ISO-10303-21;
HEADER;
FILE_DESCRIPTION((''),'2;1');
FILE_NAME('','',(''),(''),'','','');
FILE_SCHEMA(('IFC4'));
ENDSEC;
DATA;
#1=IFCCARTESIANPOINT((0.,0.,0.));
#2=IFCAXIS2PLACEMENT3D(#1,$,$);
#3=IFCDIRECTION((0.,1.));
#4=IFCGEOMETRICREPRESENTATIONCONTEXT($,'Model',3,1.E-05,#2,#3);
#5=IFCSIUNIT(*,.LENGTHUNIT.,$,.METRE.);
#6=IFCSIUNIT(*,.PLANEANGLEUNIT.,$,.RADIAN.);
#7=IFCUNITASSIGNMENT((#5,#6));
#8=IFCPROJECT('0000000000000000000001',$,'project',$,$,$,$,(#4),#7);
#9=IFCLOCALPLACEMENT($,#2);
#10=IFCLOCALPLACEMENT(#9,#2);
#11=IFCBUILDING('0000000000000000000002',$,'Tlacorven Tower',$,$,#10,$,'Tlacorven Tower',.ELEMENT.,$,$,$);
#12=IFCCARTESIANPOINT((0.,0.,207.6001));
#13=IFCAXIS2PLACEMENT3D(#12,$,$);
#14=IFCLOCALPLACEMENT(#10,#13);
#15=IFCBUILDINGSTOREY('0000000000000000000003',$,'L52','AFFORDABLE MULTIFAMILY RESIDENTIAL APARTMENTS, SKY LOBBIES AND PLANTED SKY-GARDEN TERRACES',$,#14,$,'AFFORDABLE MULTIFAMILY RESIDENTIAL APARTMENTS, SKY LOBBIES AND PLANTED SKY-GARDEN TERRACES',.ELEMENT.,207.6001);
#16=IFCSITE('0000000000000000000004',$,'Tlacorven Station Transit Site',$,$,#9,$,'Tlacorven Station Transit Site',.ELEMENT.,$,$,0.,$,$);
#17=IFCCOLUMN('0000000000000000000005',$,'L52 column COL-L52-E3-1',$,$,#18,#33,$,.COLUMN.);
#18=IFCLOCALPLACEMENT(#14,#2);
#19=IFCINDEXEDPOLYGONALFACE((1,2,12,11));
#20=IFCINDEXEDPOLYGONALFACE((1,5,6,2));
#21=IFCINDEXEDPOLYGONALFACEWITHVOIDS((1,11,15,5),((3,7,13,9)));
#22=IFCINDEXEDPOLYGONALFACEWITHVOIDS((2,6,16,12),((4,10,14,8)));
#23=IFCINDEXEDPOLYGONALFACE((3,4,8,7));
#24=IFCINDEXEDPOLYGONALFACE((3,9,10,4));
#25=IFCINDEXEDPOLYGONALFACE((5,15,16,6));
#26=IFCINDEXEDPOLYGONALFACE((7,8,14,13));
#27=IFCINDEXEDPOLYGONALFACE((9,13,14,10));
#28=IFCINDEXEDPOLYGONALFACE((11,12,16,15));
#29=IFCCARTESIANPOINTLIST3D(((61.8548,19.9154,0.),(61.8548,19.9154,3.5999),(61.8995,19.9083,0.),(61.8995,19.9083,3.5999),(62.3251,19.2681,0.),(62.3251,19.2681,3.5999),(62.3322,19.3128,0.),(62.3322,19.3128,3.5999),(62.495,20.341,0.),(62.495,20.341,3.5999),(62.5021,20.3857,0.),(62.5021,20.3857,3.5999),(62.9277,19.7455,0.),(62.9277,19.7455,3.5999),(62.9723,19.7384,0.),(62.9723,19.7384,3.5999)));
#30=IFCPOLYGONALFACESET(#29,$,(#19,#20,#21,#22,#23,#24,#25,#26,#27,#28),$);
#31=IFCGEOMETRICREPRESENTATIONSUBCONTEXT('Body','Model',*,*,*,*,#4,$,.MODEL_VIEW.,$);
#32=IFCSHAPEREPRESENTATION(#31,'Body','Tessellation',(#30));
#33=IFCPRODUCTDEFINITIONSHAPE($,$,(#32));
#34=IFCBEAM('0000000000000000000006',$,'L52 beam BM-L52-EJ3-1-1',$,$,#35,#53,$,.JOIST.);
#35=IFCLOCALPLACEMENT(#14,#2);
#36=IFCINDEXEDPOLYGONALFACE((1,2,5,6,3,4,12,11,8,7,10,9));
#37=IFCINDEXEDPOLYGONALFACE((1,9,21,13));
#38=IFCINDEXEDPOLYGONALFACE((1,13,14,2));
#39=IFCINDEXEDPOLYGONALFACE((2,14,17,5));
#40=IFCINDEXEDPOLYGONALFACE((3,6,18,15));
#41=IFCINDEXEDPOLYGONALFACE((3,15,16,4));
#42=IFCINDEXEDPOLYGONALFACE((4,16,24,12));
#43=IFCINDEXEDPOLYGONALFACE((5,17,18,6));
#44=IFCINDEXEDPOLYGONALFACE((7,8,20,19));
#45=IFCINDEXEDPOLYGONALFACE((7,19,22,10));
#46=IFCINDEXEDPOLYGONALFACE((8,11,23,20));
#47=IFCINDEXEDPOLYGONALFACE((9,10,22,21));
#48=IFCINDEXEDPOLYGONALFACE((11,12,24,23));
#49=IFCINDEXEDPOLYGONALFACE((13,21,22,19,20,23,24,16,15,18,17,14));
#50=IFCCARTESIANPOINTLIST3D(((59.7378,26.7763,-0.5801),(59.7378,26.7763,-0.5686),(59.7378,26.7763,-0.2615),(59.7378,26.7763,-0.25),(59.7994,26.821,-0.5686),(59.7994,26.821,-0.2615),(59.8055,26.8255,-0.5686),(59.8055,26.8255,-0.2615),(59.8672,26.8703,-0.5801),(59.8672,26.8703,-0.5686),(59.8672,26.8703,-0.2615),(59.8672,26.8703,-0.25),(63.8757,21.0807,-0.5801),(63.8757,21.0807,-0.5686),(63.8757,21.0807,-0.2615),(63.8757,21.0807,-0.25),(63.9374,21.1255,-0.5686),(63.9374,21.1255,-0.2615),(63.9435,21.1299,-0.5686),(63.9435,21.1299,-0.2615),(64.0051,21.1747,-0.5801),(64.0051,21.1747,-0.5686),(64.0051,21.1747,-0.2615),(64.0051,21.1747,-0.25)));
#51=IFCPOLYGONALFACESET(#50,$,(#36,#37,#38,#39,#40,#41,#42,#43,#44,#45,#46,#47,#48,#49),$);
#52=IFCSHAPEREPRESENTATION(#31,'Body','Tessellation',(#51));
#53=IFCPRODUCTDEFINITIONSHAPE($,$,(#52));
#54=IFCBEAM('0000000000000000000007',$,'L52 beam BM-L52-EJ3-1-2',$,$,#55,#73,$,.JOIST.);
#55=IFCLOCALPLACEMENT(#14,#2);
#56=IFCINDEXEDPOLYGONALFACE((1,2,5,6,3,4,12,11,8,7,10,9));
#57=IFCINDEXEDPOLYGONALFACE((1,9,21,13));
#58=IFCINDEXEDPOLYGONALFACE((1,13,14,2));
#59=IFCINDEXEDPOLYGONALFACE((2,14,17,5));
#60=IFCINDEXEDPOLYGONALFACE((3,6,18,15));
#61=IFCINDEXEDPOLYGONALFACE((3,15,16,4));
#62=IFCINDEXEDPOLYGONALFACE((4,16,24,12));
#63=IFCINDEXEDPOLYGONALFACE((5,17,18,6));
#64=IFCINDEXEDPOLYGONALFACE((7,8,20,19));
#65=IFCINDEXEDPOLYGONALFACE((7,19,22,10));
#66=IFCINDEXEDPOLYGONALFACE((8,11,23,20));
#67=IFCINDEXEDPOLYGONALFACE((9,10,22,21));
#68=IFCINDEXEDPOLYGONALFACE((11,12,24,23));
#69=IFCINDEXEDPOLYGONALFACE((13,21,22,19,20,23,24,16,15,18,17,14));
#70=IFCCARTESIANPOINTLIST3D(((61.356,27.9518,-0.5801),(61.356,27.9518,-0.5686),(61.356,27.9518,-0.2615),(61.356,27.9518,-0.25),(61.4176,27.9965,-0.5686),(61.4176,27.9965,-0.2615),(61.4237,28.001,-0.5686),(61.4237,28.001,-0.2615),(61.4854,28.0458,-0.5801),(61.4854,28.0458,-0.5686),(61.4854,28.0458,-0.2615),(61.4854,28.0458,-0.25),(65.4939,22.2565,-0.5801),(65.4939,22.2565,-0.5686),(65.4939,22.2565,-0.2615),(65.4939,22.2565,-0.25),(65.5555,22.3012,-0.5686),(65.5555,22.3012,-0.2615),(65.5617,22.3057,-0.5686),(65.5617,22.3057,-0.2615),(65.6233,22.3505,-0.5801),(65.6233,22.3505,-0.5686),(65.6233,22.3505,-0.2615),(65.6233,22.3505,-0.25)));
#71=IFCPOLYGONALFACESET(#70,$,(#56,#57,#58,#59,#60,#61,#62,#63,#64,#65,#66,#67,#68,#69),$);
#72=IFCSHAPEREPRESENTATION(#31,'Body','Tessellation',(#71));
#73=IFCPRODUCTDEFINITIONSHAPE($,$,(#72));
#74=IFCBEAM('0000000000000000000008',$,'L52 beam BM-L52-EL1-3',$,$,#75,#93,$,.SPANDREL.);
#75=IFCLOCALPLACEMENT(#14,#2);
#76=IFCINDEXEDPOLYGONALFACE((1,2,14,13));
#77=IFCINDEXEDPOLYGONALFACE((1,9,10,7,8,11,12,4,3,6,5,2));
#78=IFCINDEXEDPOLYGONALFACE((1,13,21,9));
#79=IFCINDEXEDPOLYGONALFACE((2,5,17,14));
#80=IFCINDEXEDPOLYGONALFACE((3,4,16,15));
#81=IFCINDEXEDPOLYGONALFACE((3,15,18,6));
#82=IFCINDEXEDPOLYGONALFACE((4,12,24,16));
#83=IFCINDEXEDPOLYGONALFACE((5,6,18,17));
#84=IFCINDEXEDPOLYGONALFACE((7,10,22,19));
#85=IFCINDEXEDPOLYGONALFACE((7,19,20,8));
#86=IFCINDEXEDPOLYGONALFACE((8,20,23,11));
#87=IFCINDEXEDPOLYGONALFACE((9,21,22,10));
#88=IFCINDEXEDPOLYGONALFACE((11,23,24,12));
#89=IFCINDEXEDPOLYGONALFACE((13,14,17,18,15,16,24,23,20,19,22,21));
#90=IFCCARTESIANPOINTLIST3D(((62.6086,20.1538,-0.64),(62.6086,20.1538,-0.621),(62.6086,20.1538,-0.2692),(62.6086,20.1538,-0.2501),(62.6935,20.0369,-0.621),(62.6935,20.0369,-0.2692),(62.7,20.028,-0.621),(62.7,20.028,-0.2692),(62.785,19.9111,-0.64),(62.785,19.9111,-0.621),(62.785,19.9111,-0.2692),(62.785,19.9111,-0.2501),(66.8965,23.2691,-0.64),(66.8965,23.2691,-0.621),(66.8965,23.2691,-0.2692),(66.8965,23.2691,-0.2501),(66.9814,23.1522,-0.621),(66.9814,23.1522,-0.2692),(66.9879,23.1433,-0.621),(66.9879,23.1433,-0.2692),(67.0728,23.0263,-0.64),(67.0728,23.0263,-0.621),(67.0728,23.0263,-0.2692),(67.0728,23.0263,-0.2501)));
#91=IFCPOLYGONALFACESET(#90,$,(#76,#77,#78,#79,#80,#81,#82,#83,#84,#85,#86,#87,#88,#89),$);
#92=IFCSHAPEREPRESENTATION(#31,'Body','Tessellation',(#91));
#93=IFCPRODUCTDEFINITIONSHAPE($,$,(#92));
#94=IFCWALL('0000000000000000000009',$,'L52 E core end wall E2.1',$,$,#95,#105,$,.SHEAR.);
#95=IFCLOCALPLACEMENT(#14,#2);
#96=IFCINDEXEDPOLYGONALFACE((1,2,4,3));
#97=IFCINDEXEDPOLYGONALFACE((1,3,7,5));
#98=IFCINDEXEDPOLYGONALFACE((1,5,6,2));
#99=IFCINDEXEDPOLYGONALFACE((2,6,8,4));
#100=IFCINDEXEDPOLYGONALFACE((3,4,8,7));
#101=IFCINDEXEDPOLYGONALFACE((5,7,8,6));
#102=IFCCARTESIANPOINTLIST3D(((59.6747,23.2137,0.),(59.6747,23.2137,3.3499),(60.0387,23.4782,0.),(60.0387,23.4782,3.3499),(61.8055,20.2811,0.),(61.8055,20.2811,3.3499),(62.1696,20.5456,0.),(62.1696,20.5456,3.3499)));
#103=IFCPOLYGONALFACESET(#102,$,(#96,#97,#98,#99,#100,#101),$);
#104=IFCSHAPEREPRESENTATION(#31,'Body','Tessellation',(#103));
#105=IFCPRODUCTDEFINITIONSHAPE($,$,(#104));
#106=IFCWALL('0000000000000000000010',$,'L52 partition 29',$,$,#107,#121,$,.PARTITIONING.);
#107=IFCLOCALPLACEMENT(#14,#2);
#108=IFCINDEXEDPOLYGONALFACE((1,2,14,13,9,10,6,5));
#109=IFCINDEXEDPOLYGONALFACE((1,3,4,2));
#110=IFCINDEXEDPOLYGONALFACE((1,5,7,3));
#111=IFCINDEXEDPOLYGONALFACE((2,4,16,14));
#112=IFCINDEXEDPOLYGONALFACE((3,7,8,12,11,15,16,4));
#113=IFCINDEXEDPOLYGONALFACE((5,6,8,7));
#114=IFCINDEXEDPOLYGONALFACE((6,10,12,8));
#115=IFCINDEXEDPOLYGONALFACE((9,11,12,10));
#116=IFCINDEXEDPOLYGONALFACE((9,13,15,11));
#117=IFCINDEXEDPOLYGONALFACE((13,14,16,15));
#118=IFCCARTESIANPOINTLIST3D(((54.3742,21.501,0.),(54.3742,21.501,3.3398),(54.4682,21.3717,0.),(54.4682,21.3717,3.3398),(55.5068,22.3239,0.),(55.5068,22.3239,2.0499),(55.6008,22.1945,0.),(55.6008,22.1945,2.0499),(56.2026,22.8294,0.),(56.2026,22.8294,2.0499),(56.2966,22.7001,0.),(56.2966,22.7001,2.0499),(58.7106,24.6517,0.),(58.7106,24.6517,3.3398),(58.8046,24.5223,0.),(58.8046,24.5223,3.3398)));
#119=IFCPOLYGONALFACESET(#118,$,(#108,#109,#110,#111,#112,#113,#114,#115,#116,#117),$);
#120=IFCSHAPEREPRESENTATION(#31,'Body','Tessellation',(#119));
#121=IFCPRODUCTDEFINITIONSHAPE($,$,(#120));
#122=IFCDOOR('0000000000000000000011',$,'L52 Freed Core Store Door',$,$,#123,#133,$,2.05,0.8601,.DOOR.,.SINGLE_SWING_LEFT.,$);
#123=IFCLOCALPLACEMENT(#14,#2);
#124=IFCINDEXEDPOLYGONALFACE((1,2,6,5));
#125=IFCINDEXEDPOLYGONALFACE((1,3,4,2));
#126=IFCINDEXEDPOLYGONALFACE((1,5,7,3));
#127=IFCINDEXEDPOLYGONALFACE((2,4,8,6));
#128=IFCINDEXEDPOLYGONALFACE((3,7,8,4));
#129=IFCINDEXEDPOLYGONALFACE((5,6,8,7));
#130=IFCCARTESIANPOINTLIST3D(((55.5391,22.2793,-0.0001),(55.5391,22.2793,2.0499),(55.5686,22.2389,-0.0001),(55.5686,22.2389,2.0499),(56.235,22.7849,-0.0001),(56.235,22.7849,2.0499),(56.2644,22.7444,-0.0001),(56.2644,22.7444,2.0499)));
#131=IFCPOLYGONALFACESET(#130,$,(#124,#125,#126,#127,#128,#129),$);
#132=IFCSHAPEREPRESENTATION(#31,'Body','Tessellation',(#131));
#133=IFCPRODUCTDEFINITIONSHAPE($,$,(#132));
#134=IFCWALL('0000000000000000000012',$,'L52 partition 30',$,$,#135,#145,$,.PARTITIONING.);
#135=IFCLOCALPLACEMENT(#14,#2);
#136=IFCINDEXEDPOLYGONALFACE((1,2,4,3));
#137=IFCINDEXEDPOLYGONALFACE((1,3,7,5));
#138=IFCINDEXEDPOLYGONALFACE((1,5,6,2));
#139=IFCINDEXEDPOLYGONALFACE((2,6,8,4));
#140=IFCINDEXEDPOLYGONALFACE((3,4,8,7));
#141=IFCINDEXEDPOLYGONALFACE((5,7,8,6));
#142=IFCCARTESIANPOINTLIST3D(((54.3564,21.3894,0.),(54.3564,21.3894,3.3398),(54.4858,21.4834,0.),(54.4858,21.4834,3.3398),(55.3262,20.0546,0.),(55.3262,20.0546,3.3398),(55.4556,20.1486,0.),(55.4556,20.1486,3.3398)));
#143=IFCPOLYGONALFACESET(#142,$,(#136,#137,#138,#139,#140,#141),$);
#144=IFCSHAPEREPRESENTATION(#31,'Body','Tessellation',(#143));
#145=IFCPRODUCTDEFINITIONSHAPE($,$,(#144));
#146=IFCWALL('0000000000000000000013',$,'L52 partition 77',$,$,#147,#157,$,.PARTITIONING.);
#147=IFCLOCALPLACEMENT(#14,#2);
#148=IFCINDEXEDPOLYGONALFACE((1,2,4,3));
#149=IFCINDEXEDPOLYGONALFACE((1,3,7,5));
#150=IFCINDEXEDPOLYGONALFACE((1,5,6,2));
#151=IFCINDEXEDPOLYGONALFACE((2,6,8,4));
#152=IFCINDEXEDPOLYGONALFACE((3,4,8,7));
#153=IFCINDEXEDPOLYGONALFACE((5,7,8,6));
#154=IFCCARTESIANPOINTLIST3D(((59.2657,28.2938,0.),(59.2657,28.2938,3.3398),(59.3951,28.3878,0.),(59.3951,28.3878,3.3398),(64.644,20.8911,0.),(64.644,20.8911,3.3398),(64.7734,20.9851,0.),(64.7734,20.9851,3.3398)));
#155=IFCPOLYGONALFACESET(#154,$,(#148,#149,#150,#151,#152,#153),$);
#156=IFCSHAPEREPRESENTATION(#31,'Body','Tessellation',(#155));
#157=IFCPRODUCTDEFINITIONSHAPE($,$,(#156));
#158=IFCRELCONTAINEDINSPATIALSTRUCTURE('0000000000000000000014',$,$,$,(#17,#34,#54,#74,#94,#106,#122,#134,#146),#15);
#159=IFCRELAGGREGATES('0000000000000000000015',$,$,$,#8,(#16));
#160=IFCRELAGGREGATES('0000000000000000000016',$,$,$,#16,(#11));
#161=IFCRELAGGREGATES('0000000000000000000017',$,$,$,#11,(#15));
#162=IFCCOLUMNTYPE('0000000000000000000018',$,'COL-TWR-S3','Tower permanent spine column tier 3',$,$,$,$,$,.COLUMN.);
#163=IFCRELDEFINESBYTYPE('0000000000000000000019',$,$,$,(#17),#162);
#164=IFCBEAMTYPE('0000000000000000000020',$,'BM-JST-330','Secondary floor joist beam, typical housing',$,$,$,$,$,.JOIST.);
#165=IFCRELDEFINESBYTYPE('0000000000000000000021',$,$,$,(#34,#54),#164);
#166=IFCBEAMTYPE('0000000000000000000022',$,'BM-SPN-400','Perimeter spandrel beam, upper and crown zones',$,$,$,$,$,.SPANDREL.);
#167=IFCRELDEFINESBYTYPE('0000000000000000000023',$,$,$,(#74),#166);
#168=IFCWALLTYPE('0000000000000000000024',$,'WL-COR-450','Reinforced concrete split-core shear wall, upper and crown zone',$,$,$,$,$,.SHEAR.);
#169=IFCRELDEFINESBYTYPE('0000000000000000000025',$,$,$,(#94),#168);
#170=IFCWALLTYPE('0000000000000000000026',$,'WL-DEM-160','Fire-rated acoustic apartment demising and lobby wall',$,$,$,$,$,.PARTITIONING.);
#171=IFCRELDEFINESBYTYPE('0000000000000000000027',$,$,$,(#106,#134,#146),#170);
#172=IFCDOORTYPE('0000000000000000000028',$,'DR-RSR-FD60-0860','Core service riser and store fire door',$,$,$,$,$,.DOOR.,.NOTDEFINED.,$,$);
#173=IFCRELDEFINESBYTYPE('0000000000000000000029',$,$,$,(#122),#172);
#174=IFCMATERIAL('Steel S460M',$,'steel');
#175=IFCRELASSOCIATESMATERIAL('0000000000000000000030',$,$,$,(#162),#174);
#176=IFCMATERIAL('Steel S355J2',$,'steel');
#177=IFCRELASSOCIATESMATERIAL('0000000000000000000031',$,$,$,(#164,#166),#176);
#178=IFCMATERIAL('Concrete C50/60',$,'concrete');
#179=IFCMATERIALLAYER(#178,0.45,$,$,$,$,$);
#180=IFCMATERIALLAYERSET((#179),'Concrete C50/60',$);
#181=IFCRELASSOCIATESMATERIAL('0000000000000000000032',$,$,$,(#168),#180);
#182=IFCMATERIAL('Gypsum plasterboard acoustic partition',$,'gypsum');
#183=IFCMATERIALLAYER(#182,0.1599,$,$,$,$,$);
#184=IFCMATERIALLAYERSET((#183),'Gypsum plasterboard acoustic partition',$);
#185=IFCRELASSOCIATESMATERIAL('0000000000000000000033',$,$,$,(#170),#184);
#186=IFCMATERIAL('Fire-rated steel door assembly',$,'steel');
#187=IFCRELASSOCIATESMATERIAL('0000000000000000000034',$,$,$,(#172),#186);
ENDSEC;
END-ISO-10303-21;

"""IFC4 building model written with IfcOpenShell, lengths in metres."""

from ifc_helpers import new_model, si_unit, direction, frame, frame_2d, origin, origin_2d, place, context, subcontext, project, spatial, rectangle, hollow_rectangle, i_section, extrude, source, transform, mapped, material, layer, layer_set, material_profile, profile_set, type_object, element, fill, save


model = new_model("IFC4")

# Units and contexts
model_context = context("Model", 3, precision=1e-05, world=origin(), true_north=direction((0.0, 1.0)))
body_context = subcontext(model_context, "Body", "Model", "MODEL_VIEW")
ifc_project = project(units=[si_unit("LENGTHUNIT", "METRE"), si_unit("PLANEANGLEUNIT", "RADIAN")], contexts=[model_context])

# Site, building, storey
site_placement = place(None, origin())
site = spatial("IfcSite", under=ifc_project, at=site_placement, Name="Tlacorven Station Transit Site", LongName="Tlacorven Station Transit Site", CompositionType="ELEMENT", RefElevation=0.0)
building_placement = place(site_placement, origin())
building = spatial("IfcBuilding", under=site, at=building_placement, Name="Tlacorven Tower", LongName="Tlacorven Tower", CompositionType="ELEMENT")
storey_placement = place(building_placement, frame((0.0, 0.0, 207.6001)))
storey = spatial("IfcBuildingStorey", under=building, at=storey_placement, Name="L52", Description="AFFORDABLE MULTIFAMILY RESIDENTIAL APARTMENTS, SKY LOBBIES AND PLANTED SKY-GARDEN TERRACES", LongName="AFFORDABLE MULTIFAMILY RESIDENTIAL APARTMENTS, SKY LOBBIES AND PLANTED SKY-GARDEN TERRACES", CompositionType="ELEMENT", Elevation=207.6001)

# Column
ifc_material_1 = material(Name="Steel S460M", Category="steel")
ifc_material_profile_1 = material_profile(ifc_material_1, hollow_rectangle(XDim=0.8, YDim=0.8, WallThickness=0.032, at=origin_2d()), Name="BOX 800X800X32")
ifc_profile_set_1 = profile_set([ifc_material_profile_1], Name="Steel S460M")
column_type = type_object("IfcColumnType", Name="COL-TWR-S3", Description="Tower permanent spine column tier 3", PredefinedType="COLUMN", material=ifc_profile_set_1)
shared_shape_1 = source(origin(), body_context, "Body", "SweptSolid", [
    extrude(hollow_rectangle(XDim=0.8, YDim=0.8, WallThickness=0.032, at=origin_2d()), origin(), (0.0, 0.0, 1.0), 3.5999),
])
column_placement = place(storey_placement, frame((62.4136, 19.8269, 0.0), z_axis=(0.0, 0.0, 1.0), x_axis=(0.809017, 0.587785, 0.0)))
element("IfcColumn", 1, at=column_placement, inside=storey, type_object=column_type, Name="L52 column COL-L52-E3-1", PredefinedType="COLUMN", context=body_context, shape_type="MappedRepresentation", body=[
    mapped(shared_shape_1, transform((0.0, 0.0, 0.0), scale=1.0)),
])

# Beams
ifc_material_2 = material(Name="Steel S355J2", Category="steel")
ifc_material_profile_2 = material_profile(ifc_material_2, i_section(OverallWidth=0.1599, OverallDepth=0.3301, WebThickness=0.0076, FlangeThickness=0.0115, at=origin_2d()), Name="IPE 330")
ifc_profile_set_2 = profile_set([ifc_material_profile_2], Name="Steel S355J2")
beam_type_1 = type_object("IfcBeamType", Name="BM-JST-330", Description="Secondary floor joist beam, typical housing", PredefinedType="JOIST", material=ifc_profile_set_2)
shared_shape_2 = source(origin(), body_context, "Body", "SweptSolid", [
    extrude(i_section(OverallWidth=0.1599, OverallDepth=0.3301, WebThickness=0.0076, FlangeThickness=0.0115, at=origin_2d()), origin(), (0.0, 0.0, 1.0), 7.04),
])
beam_1_placement = place(storey_placement, frame((63.9404, 21.1277, -0.415), z_axis=(-0.587774, 0.809025, 0.0), x_axis=(-0.809025, -0.587774, 0.0)))
element("IfcBeam", 2, at=beam_1_placement, inside=storey, type_object=beam_type_1, Name="L52 beam BM-L52-EJ3-1-1", PredefinedType="JOIST", context=body_context, shape_type="MappedRepresentation", body=[
    mapped(shared_shape_2, transform((0.0, 0.0, 0.0), scale=1.0)),
])
shared_shape_3 = source(origin(), body_context, "Body", "SweptSolid", [
    extrude(i_section(OverallWidth=0.1599, OverallDepth=0.3301, WebThickness=0.0076, FlangeThickness=0.0115, at=origin_2d()), origin(), (0.0, 0.0, 1.0), 7.0398),
])
beam_2_placement = place(storey_placement, frame((65.5586, 22.3035, -0.415), z_axis=(-0.58779, 0.809013, 0.0), x_axis=(-0.809013, -0.58779, 0.0)))
element("IfcBeam", 3, at=beam_2_placement, inside=storey, type_object=beam_type_1, Name="L52 beam BM-L52-EJ3-1-2", PredefinedType="JOIST", context=body_context, shape_type="MappedRepresentation", body=[
    mapped(shared_shape_3, transform((0.0, 0.0, 0.0), scale=1.0)),
])
ifc_material_profile_3 = material_profile(ifc_material_2, i_section(OverallWidth=0.3, OverallDepth=0.3899, WebThickness=0.011, FlangeThickness=0.019, at=origin_2d()), Name="HEA 400")
ifc_profile_set_3 = profile_set([ifc_material_profile_3], Name="Steel S355J2")
beam_type_2 = type_object("IfcBeamType", Name="BM-SPN-400", Description="Perimeter spandrel beam, upper and crown zones", PredefinedType="SPANDREL", material=ifc_profile_set_3)
shared_shape_4 = source(origin(), body_context, "Body", "SweptSolid", [
    extrude(i_section(OverallWidth=0.3, OverallDepth=0.3899, WebThickness=0.011, FlangeThickness=0.019, at=origin_2d()), origin(), (0.0, 0.0, 1.0), 5.3),
])
beam_3_placement = place(storey_placement, frame((62.6968, 20.0325, -0.4451), z_axis=(0.809023, 0.587777, 0.0), x_axis=(-0.587777, 0.809023, 0.0)))
element("IfcBeam", 4, at=beam_3_placement, inside=storey, type_object=beam_type_2, Name="L52 beam BM-L52-EL1-3", PredefinedType="SPANDREL", context=body_context, shape_type="MappedRepresentation", body=[
    mapped(shared_shape_4, transform((0.0, 0.0, 0.0), scale=1.0)),
])

# Wall
ifc_material_3 = material(Name="Concrete C50/60", Category="concrete")
ifc_layer_1 = layer(ifc_material_3, 0.45)
ifc_layer_set_1 = layer_set([ifc_layer_1], Name="Concrete C50/60")
wall_type_1 = type_object("IfcWallType", Name="WL-COR-450", Description="Reinforced concrete split-core shear wall, upper and crown zone", PredefinedType="SHEAR", material=ifc_layer_set_1)
wall_1_placement = place(storey_placement, frame((61.9875, 20.4133, 0.0), z_axis=(0.0, 0.0, 1.0), x_axis=(-0.587819, 0.808992, 0.0)))
element("IfcWall", 5, at=wall_1_placement, inside=storey, type_object=wall_type_1, Name="L52 E core end wall E2.1", PredefinedType="SHEAR", context=body_context, shape_type="SweptSolid", body=[
    extrude(rectangle(XDim=3.625, YDim=0.45, at=frame_2d((1.8125, 0.0))), origin(), (0.0, 0.0, 1.0), 3.3499),
])

# Wall, opening, door
ifc_material_4 = material(Name="Gypsum plasterboard acoustic partition", Category="gypsum")
ifc_layer_2 = layer(ifc_material_4, 0.1599)
ifc_layer_set_2 = layer_set([ifc_layer_2], Name="Gypsum plasterboard acoustic partition")
wall_type_2 = type_object("IfcWallType", Name="WL-DEM-160", Description="Fire-rated acoustic apartment demising and lobby wall", PredefinedType="PARTITIONING", material=ifc_layer_set_2)
wall_2_placement = place(storey_placement, frame((54.4211, 21.4363, 0.0), z_axis=(0.0, 0.0, 1.0), x_axis=(0.809014, 0.58779, 0.0)))
wall_2 = element("IfcWall", 6, at=wall_2_placement, inside=storey, type_object=wall_type_2, Name="L52 partition 29", PredefinedType="PARTITIONING", context=body_context, shape_type="SweptSolid", body=[
    extrude(rectangle(XDim=5.3601, YDim=0.1599, at=frame_2d((2.6802, 0.0))), origin(), (0.0, 0.0, 1.0), 3.3398),
])
opening_1_placement = place(wall_2_placement, frame((1.3999, 0.0, 0.0)))
opening_1 = element("IfcOpeningElement", 7, at=opening_1_placement, cuts=wall_2, PredefinedType="OPENING", context=body_context, shape_type="SweptSolid", body=[
    extrude(rectangle(XDim=0.8601, YDim=2.05, at=frame_2d((0.4302, 1.0249))), frame((0.0, 0.0898, 0.0), z_axis=(0.0, -1.0, 0.0), x_axis=(1.0, 0.0, 0.0)), (0.0, 0.0, 1.0), 0.1799),
])
ifc_material_5 = material(Name="Fire-rated steel door assembly", Category="steel")
door_type = type_object("IfcDoorType", Name="DR-RSR-FD60-0860", Description="Core service riser and store fire door", OperationType="NOTDEFINED", PredefinedType="DOOR", material=ifc_material_5)
shared_shape_5 = source(origin(), body_context, "Body", "SweptSolid", [
    extrude(rectangle(XDim=0.8601, YDim=2.05, at=frame_2d((0.4302, 1.0249))), frame((0.0, 0.0249, 0.0), z_axis=(0.0, -1.0, 0.0), x_axis=(1.0, 0.0, 0.0)), (0.0, 0.0, 1.0), 0.05),
])
door_1_placement = place(opening_1_placement, origin())
door_1 = element("IfcDoor", 8, at=door_1_placement, inside=storey, type_object=door_type, Name="L52 Freed Core Store Door", OperationType="SINGLE_SWING_LEFT", OverallHeight=2.05, OverallWidth=0.8601, PredefinedType="DOOR", context=body_context, shape_type="MappedRepresentation", body=[
    mapped(shared_shape_5, transform((0.0, 0.0, 0.0), scale=1.0)),
])
fill(opening_1, door_1)

# Walls
wall_3_placement = place(storey_placement, frame((55.3909, 20.1016, 0.0), z_axis=(0.0, 0.0, 1.0), x_axis=(-0.587784, 0.809018, 0.0)))
element("IfcWall", 9, at=wall_3_placement, inside=storey, type_object=wall_type_2, Name="L52 partition 30", PredefinedType="PARTITIONING", context=body_context, shape_type="SweptSolid", body=[
    extrude(rectangle(XDim=1.6499, YDim=0.1599, at=frame_2d((0.825, 0.0))), origin(), (0.0, 0.0, 1.0), 3.3398),
])
wall_4_placement = place(storey_placement, frame((64.7087, 20.938, 0.0), z_axis=(0.0, 0.0, 1.0), x_axis=(-0.587777, 0.809023, 0.0)))
element("IfcWall", 10, at=wall_4_placement, inside=storey, type_object=wall_type_2, Name="L52 partition 77", PredefinedType="PARTITIONING", context=body_context, shape_type="SweptSolid", body=[
    extrude(rectangle(XDim=9.1501, YDim=0.1599, at=frame_2d((4.5752, 0.0))), origin(), (0.0, 0.0, 1.0), 3.3398),
])

save(model, "model.ifc")
